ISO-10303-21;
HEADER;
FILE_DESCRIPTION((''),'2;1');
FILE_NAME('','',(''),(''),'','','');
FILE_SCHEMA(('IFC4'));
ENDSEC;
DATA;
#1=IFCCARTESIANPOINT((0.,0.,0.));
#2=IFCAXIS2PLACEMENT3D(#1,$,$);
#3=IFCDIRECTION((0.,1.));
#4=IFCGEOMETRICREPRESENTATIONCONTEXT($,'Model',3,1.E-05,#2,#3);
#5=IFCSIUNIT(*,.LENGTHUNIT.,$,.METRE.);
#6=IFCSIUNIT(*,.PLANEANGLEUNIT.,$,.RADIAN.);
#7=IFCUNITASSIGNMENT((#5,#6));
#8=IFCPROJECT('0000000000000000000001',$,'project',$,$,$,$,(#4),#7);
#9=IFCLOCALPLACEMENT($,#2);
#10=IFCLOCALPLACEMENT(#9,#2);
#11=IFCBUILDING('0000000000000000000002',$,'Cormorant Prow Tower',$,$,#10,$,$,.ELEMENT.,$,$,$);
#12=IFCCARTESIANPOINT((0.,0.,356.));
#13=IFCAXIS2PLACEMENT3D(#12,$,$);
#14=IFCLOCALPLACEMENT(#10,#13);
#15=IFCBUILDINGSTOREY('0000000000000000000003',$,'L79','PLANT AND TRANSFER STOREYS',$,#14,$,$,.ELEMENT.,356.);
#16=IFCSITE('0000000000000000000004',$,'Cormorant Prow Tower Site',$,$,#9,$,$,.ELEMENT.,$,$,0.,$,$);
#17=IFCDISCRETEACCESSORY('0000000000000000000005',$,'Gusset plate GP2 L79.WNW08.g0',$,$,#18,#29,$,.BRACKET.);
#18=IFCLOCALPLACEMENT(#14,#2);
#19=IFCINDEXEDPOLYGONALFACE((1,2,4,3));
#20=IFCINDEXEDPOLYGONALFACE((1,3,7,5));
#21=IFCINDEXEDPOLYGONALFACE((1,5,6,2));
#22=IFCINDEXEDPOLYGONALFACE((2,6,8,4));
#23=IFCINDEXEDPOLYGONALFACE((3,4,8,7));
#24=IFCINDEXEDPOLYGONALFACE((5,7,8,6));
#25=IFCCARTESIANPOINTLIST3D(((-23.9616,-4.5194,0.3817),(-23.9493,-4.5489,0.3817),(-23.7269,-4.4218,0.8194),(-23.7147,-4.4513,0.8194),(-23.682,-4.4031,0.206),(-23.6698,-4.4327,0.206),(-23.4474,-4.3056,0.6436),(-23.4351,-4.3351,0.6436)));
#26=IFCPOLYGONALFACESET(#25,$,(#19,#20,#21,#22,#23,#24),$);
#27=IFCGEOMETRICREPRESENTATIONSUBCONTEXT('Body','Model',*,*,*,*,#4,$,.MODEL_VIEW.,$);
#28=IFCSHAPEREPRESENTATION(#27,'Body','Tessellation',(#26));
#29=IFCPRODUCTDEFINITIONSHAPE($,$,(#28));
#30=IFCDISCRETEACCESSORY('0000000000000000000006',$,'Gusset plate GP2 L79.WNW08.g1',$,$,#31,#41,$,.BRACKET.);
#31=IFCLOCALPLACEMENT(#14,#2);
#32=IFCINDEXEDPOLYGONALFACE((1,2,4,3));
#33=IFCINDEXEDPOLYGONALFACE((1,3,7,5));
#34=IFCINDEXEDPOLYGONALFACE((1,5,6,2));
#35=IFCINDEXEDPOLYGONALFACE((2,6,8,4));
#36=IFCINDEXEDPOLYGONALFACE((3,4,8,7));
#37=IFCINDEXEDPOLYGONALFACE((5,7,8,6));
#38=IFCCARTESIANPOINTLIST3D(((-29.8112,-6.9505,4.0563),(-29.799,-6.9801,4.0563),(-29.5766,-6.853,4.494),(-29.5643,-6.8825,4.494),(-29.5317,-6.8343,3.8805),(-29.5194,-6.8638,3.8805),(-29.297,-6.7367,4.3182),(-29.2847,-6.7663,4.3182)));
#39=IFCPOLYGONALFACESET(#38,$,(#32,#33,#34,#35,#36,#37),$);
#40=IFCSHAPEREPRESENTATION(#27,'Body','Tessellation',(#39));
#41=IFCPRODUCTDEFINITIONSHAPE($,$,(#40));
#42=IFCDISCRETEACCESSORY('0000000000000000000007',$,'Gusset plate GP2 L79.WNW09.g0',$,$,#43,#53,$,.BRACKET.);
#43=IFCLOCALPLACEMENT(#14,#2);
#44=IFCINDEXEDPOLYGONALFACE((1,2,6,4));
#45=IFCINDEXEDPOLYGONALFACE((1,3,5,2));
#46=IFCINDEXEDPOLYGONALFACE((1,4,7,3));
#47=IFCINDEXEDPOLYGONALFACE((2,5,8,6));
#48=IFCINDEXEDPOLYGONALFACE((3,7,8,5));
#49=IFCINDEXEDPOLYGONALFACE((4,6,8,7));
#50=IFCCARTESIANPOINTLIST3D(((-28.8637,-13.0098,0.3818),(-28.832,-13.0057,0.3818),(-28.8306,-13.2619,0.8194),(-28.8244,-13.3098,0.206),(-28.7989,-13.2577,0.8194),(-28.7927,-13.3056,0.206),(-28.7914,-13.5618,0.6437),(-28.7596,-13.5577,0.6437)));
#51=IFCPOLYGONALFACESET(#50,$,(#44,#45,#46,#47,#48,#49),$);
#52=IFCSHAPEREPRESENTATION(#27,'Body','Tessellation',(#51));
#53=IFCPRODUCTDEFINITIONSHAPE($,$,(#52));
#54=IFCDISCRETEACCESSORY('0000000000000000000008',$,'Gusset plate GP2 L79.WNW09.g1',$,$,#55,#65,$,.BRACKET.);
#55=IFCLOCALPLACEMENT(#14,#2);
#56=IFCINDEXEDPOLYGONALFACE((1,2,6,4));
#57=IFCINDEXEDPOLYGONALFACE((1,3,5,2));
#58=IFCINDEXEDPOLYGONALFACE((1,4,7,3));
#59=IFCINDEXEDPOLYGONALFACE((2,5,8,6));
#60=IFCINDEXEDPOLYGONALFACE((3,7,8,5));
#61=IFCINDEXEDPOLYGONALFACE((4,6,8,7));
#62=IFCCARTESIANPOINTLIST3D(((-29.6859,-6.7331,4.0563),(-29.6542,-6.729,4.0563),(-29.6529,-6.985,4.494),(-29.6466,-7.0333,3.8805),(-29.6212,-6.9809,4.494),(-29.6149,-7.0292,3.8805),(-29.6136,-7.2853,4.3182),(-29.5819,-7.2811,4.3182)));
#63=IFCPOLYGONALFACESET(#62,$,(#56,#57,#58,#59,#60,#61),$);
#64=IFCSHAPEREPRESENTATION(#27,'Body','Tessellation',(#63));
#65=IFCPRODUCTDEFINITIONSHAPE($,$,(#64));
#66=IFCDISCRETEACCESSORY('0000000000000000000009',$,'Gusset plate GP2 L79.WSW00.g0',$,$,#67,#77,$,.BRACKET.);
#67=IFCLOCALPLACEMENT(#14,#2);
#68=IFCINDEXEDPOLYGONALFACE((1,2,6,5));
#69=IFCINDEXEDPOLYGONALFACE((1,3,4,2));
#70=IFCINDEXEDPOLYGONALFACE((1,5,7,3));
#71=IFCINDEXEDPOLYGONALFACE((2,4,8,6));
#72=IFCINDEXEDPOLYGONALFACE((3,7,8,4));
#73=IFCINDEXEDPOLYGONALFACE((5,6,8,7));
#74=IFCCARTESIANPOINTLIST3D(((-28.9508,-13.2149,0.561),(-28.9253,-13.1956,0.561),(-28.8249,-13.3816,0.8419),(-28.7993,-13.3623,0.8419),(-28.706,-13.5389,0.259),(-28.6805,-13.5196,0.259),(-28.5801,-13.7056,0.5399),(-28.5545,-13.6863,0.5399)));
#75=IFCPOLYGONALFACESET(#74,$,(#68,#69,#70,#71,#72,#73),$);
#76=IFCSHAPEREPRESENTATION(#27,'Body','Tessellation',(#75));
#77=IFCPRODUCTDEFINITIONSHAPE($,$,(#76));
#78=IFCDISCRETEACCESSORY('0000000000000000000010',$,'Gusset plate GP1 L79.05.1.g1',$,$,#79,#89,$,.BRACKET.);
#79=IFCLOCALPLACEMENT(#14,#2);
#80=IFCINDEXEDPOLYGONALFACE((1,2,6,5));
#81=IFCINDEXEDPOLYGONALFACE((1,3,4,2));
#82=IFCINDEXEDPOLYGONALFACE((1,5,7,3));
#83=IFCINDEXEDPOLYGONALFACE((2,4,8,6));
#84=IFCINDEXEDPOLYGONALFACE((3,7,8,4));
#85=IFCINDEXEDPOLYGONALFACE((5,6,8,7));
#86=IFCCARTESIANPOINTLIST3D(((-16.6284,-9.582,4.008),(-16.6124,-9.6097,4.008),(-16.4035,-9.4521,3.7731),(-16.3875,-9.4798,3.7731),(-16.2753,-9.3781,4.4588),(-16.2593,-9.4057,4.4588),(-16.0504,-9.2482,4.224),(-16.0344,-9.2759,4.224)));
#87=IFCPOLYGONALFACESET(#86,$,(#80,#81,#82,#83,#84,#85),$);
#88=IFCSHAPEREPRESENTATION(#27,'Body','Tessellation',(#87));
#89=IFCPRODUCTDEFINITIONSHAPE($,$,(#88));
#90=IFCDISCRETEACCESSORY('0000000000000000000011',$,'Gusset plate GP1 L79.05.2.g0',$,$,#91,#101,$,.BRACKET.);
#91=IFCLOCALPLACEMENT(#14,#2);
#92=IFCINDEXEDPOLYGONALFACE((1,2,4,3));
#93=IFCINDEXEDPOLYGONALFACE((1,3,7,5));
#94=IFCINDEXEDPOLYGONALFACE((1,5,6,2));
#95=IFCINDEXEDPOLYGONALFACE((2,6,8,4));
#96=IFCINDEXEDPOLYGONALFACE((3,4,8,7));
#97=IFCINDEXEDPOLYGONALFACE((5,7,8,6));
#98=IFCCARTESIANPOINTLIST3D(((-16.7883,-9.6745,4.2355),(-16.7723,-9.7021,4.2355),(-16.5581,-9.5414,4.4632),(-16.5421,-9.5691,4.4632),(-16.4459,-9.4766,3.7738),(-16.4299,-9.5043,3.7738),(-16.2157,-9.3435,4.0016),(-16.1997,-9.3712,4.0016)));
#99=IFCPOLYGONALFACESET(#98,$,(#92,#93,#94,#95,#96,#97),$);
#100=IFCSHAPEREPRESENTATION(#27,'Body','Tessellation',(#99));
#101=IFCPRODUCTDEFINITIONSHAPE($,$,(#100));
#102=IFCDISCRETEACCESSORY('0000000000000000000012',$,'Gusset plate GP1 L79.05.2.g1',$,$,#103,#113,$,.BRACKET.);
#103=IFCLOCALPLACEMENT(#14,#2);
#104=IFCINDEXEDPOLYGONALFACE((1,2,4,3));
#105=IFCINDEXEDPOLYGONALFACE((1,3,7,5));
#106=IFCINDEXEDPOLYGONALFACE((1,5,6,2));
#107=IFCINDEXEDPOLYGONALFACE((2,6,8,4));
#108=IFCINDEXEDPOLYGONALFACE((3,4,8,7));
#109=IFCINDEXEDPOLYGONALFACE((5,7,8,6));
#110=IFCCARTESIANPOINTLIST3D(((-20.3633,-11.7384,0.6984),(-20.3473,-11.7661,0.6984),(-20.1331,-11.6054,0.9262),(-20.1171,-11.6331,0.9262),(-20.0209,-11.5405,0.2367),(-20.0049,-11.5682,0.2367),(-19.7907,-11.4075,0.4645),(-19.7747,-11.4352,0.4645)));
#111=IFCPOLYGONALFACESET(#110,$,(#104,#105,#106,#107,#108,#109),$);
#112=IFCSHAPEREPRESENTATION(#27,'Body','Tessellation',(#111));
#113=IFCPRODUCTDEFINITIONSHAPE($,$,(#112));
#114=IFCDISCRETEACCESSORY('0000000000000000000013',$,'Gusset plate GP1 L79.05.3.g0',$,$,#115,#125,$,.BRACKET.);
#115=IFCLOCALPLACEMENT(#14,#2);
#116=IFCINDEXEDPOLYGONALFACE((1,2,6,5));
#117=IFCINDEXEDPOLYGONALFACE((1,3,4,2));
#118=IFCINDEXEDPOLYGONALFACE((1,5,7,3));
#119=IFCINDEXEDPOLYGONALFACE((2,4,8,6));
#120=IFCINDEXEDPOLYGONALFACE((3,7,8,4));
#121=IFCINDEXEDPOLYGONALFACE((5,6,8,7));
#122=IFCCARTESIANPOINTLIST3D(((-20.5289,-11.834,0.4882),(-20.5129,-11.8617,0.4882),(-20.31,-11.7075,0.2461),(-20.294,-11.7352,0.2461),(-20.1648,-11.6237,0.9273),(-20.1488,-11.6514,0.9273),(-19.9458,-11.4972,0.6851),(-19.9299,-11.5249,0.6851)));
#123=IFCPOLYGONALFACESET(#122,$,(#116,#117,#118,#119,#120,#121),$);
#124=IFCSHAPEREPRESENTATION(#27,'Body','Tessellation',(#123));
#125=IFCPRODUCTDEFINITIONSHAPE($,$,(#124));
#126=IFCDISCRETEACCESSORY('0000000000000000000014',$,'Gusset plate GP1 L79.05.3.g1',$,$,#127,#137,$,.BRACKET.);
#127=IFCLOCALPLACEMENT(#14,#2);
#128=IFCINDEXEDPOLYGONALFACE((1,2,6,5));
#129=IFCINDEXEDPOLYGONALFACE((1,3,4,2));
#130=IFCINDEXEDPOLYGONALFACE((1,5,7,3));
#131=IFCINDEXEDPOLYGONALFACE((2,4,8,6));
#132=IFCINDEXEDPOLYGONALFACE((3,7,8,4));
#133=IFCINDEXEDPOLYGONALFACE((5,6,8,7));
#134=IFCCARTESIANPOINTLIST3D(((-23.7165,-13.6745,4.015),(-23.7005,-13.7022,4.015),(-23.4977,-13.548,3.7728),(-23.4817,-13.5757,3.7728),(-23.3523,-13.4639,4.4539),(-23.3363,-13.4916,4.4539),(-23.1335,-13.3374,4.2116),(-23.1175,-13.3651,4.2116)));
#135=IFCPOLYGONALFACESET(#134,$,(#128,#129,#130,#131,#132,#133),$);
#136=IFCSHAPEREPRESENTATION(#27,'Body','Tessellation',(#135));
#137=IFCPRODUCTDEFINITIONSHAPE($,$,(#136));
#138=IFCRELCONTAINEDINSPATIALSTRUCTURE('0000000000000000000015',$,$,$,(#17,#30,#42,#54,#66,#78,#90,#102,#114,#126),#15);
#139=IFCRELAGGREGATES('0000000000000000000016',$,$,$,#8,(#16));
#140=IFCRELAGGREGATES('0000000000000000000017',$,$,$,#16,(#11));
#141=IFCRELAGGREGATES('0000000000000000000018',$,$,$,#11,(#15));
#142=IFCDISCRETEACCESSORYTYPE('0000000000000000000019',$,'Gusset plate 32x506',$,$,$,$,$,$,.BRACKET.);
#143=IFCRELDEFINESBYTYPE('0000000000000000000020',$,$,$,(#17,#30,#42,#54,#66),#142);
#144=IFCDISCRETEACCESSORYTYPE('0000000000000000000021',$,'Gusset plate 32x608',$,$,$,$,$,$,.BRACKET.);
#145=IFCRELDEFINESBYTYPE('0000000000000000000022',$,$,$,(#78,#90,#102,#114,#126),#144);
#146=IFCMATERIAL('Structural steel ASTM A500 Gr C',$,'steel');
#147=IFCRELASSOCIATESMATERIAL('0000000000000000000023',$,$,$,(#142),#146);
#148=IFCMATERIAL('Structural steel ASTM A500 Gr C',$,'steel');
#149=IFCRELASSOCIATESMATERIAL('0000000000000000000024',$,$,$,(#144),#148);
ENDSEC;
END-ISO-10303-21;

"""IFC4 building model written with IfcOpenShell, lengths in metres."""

from ifc_helpers import new_model, si_unit, direction, frame, origin, origin_2d, place, context, subcontext, project, spatial, rectangle, extrude, material, material_profile, profile_set, type_object, element, save


model = new_model("IFC4")

# Units and contexts
model_context = context("Model", 3, precision=1e-05, world=origin(), true_north=direction((0.0, 1.0)))
body_context = subcontext(model_context, "Body", "Model", "MODEL_VIEW")
ifc_project = project(units=[si_unit("LENGTHUNIT", "METRE"), si_unit("PLANEANGLEUNIT", "RADIAN")], contexts=[model_context])

# Site, building, storey
site_placement = place(None, origin())
site = spatial("IfcSite", under=ifc_project, at=site_placement, Name="Cormorant Prow Tower Site", CompositionType="ELEMENT", RefElevation=0.0)
building_placement = place(site_placement, origin())
building = spatial("IfcBuilding", under=site, at=building_placement, Name="Cormorant Prow Tower", CompositionType="ELEMENT")
storey_placement = place(building_placement, frame((0.0, 0.0, 356.0)))
storey = spatial("IfcBuildingStorey", under=building, at=storey_placement, Name="L79", Description="PLANT AND TRANSFER STOREYS", CompositionType="ELEMENT", Elevation=356.0)

# Discrete accessories
ifc_material_1 = material(Name="Structural steel ASTM A500 Gr C", Category="steel")
ifc_material_profile_1 = material_profile(ifc_material_1, rectangle(XDim=0.032, YDim=0.5061, at=origin_2d()), Name="Gusset plate 32x506")
ifc_profile_set_1 = profile_set([ifc_material_profile_1], Name="Structural steel ASTM A500 Gr C")
discrete_accessory_type_1 = type_object("IfcDiscreteAccessoryType", Name="Gusset plate 32x506", PredefinedType="BRACKET", material=ifc_profile_set_1)
for number, where, z_axis, x_axis, name in (
    (1, (-23.8381, -4.4854, 0.6006), (0.798535, 0.331967, -0.502135), (-0.383871, 0.923387, 0.0), "Gusset plate GP2 L79.WNW08.g0"),
    (2, (-29.4082, -6.8003, 4.0994), (-0.798535, -0.331967, 0.502135), (0.383871, -0.923387, 0.0), "Gusset plate GP2 L79.WNW08.g1"),
):
    element("IfcDiscreteAccessory", number, at=place(storey_placement, frame(where, z_axis=z_axis, x_axis=x_axis)), inside=storey, type_object=discrete_accessory_type_1, Name=name, PredefinedType="BRACKET", context=body_context, shape_type="SweptSolid", body=[
        extrude(rectangle(XDim=0.032, YDim=0.5061, at=origin_2d()), origin(), (0.0, 0.0, 1.0), 0.3501),
    ])
discrete_accessory_1_placement = place(storey_placement, frame((-28.8313, -13.1338, 0.6006), z_axis=(0.112317, -0.857376, -0.502287), x_axis=(0.991528, 0.129891, 0.0)))
element("IfcDiscreteAccessory", 3, at=discrete_accessory_1_placement, inside=storey, type_object=discrete_accessory_type_1, Name="Gusset plate GP2 L79.WNW09.g0", PredefinedType="BRACKET", context=body_context, shape_type="SweptSolid", body=[
    extrude(rectangle(XDim=0.032, YDim=0.5061, at=origin_2d()), origin(), (0.0, 0.0, 1.0), 0.3499),
])
for number, where, z_axis, x_axis, name in (
    (4, (-29.6143, -7.1572, 4.0994), (-0.11225, 0.85756, 0.501986), (-0.991542, -0.129787, 0.0), "Gusset plate GP2 L79.WNW09.g1"),
    (5, (-28.6897, -13.5339, 0.6909), (-0.359729, 0.476152, -0.802418), (-0.797892, -0.6028, 0.0), "Gusset plate GP2 L79.WSW00.g0"),
):
    element("IfcDiscreteAccessory", number, at=place(storey_placement, frame(where, z_axis=z_axis, x_axis=x_axis)), inside=storey, type_object=discrete_accessory_type_1, Name=name, PredefinedType="BRACKET", context=body_context, shape_type="SweptSolid", body=[
        extrude(rectangle(XDim=0.032, YDim=0.5061, at=origin_2d()), origin(), (0.0, 0.0, 1.0), 0.3501),
    ])
ifc_material_2 = material(Name="Structural steel ASTM A500 Gr C", Category="steel")
ifc_material_profile_2 = material_profile(ifc_material_2, rectangle(XDim=0.032, YDim=0.6079, at=origin_2d()), Name="Gusset plate 32x608")
ifc_profile_set_2 = profile_set([ifc_material_profile_2], Name="Structural steel ASTM A500 Gr C")
discrete_accessory_type_2 = type_object("IfcDiscreteAccessoryType", Name="Gusset plate 32x608", PredefinedType="BRACKET", material=ifc_profile_set_2)
for number, where, z_axis, x_axis, name in (
    (6, (-16.219, -9.364, 3.9985), (-0.642204, -0.370958, 0.670793), (0.500184, -0.865919, 0.0), "Gusset plate GP1 L79.05.1.g1"),
    (7, (-16.6091, -9.5894, 4.0046), (0.657536, 0.380018, 0.650563), (-0.500385, 0.865803, 0.0), "Gusset plate GP1 L79.05.2.g0"),
    (8, (-19.9539, -11.5203, 0.6953), (-0.657536, -0.380018, -0.650563), (0.500385, -0.865803, 0.0), "Gusset plate GP1 L79.05.2.g1"),
    (9, (-20.3389, -11.7427, 0.7078), (0.625426, 0.361171, -0.691663), (-0.500085, 0.865977, 0.0), "Gusset plate GP1 L79.05.3.g0"),
    (10, (-23.3076, -13.4565, 3.9922), (-0.625001, -0.361329, 0.691965), (0.500503, -0.865735, 0.0), "Gusset plate GP1 L79.05.3.g1"),
):
    element("IfcDiscreteAccessory", number, at=place(storey_placement, frame(where, z_axis=z_axis, x_axis=x_axis)), inside=storey, type_object=discrete_accessory_type_2, Name=name, PredefinedType="BRACKET", context=body_context, shape_type="SweptSolid", body=[
        extrude(rectangle(XDim=0.032, YDim=0.6079, at=origin_2d()), origin(), (0.0, 0.0, 1.0), 0.3501),
    ])

save(model, "model.ifc")
